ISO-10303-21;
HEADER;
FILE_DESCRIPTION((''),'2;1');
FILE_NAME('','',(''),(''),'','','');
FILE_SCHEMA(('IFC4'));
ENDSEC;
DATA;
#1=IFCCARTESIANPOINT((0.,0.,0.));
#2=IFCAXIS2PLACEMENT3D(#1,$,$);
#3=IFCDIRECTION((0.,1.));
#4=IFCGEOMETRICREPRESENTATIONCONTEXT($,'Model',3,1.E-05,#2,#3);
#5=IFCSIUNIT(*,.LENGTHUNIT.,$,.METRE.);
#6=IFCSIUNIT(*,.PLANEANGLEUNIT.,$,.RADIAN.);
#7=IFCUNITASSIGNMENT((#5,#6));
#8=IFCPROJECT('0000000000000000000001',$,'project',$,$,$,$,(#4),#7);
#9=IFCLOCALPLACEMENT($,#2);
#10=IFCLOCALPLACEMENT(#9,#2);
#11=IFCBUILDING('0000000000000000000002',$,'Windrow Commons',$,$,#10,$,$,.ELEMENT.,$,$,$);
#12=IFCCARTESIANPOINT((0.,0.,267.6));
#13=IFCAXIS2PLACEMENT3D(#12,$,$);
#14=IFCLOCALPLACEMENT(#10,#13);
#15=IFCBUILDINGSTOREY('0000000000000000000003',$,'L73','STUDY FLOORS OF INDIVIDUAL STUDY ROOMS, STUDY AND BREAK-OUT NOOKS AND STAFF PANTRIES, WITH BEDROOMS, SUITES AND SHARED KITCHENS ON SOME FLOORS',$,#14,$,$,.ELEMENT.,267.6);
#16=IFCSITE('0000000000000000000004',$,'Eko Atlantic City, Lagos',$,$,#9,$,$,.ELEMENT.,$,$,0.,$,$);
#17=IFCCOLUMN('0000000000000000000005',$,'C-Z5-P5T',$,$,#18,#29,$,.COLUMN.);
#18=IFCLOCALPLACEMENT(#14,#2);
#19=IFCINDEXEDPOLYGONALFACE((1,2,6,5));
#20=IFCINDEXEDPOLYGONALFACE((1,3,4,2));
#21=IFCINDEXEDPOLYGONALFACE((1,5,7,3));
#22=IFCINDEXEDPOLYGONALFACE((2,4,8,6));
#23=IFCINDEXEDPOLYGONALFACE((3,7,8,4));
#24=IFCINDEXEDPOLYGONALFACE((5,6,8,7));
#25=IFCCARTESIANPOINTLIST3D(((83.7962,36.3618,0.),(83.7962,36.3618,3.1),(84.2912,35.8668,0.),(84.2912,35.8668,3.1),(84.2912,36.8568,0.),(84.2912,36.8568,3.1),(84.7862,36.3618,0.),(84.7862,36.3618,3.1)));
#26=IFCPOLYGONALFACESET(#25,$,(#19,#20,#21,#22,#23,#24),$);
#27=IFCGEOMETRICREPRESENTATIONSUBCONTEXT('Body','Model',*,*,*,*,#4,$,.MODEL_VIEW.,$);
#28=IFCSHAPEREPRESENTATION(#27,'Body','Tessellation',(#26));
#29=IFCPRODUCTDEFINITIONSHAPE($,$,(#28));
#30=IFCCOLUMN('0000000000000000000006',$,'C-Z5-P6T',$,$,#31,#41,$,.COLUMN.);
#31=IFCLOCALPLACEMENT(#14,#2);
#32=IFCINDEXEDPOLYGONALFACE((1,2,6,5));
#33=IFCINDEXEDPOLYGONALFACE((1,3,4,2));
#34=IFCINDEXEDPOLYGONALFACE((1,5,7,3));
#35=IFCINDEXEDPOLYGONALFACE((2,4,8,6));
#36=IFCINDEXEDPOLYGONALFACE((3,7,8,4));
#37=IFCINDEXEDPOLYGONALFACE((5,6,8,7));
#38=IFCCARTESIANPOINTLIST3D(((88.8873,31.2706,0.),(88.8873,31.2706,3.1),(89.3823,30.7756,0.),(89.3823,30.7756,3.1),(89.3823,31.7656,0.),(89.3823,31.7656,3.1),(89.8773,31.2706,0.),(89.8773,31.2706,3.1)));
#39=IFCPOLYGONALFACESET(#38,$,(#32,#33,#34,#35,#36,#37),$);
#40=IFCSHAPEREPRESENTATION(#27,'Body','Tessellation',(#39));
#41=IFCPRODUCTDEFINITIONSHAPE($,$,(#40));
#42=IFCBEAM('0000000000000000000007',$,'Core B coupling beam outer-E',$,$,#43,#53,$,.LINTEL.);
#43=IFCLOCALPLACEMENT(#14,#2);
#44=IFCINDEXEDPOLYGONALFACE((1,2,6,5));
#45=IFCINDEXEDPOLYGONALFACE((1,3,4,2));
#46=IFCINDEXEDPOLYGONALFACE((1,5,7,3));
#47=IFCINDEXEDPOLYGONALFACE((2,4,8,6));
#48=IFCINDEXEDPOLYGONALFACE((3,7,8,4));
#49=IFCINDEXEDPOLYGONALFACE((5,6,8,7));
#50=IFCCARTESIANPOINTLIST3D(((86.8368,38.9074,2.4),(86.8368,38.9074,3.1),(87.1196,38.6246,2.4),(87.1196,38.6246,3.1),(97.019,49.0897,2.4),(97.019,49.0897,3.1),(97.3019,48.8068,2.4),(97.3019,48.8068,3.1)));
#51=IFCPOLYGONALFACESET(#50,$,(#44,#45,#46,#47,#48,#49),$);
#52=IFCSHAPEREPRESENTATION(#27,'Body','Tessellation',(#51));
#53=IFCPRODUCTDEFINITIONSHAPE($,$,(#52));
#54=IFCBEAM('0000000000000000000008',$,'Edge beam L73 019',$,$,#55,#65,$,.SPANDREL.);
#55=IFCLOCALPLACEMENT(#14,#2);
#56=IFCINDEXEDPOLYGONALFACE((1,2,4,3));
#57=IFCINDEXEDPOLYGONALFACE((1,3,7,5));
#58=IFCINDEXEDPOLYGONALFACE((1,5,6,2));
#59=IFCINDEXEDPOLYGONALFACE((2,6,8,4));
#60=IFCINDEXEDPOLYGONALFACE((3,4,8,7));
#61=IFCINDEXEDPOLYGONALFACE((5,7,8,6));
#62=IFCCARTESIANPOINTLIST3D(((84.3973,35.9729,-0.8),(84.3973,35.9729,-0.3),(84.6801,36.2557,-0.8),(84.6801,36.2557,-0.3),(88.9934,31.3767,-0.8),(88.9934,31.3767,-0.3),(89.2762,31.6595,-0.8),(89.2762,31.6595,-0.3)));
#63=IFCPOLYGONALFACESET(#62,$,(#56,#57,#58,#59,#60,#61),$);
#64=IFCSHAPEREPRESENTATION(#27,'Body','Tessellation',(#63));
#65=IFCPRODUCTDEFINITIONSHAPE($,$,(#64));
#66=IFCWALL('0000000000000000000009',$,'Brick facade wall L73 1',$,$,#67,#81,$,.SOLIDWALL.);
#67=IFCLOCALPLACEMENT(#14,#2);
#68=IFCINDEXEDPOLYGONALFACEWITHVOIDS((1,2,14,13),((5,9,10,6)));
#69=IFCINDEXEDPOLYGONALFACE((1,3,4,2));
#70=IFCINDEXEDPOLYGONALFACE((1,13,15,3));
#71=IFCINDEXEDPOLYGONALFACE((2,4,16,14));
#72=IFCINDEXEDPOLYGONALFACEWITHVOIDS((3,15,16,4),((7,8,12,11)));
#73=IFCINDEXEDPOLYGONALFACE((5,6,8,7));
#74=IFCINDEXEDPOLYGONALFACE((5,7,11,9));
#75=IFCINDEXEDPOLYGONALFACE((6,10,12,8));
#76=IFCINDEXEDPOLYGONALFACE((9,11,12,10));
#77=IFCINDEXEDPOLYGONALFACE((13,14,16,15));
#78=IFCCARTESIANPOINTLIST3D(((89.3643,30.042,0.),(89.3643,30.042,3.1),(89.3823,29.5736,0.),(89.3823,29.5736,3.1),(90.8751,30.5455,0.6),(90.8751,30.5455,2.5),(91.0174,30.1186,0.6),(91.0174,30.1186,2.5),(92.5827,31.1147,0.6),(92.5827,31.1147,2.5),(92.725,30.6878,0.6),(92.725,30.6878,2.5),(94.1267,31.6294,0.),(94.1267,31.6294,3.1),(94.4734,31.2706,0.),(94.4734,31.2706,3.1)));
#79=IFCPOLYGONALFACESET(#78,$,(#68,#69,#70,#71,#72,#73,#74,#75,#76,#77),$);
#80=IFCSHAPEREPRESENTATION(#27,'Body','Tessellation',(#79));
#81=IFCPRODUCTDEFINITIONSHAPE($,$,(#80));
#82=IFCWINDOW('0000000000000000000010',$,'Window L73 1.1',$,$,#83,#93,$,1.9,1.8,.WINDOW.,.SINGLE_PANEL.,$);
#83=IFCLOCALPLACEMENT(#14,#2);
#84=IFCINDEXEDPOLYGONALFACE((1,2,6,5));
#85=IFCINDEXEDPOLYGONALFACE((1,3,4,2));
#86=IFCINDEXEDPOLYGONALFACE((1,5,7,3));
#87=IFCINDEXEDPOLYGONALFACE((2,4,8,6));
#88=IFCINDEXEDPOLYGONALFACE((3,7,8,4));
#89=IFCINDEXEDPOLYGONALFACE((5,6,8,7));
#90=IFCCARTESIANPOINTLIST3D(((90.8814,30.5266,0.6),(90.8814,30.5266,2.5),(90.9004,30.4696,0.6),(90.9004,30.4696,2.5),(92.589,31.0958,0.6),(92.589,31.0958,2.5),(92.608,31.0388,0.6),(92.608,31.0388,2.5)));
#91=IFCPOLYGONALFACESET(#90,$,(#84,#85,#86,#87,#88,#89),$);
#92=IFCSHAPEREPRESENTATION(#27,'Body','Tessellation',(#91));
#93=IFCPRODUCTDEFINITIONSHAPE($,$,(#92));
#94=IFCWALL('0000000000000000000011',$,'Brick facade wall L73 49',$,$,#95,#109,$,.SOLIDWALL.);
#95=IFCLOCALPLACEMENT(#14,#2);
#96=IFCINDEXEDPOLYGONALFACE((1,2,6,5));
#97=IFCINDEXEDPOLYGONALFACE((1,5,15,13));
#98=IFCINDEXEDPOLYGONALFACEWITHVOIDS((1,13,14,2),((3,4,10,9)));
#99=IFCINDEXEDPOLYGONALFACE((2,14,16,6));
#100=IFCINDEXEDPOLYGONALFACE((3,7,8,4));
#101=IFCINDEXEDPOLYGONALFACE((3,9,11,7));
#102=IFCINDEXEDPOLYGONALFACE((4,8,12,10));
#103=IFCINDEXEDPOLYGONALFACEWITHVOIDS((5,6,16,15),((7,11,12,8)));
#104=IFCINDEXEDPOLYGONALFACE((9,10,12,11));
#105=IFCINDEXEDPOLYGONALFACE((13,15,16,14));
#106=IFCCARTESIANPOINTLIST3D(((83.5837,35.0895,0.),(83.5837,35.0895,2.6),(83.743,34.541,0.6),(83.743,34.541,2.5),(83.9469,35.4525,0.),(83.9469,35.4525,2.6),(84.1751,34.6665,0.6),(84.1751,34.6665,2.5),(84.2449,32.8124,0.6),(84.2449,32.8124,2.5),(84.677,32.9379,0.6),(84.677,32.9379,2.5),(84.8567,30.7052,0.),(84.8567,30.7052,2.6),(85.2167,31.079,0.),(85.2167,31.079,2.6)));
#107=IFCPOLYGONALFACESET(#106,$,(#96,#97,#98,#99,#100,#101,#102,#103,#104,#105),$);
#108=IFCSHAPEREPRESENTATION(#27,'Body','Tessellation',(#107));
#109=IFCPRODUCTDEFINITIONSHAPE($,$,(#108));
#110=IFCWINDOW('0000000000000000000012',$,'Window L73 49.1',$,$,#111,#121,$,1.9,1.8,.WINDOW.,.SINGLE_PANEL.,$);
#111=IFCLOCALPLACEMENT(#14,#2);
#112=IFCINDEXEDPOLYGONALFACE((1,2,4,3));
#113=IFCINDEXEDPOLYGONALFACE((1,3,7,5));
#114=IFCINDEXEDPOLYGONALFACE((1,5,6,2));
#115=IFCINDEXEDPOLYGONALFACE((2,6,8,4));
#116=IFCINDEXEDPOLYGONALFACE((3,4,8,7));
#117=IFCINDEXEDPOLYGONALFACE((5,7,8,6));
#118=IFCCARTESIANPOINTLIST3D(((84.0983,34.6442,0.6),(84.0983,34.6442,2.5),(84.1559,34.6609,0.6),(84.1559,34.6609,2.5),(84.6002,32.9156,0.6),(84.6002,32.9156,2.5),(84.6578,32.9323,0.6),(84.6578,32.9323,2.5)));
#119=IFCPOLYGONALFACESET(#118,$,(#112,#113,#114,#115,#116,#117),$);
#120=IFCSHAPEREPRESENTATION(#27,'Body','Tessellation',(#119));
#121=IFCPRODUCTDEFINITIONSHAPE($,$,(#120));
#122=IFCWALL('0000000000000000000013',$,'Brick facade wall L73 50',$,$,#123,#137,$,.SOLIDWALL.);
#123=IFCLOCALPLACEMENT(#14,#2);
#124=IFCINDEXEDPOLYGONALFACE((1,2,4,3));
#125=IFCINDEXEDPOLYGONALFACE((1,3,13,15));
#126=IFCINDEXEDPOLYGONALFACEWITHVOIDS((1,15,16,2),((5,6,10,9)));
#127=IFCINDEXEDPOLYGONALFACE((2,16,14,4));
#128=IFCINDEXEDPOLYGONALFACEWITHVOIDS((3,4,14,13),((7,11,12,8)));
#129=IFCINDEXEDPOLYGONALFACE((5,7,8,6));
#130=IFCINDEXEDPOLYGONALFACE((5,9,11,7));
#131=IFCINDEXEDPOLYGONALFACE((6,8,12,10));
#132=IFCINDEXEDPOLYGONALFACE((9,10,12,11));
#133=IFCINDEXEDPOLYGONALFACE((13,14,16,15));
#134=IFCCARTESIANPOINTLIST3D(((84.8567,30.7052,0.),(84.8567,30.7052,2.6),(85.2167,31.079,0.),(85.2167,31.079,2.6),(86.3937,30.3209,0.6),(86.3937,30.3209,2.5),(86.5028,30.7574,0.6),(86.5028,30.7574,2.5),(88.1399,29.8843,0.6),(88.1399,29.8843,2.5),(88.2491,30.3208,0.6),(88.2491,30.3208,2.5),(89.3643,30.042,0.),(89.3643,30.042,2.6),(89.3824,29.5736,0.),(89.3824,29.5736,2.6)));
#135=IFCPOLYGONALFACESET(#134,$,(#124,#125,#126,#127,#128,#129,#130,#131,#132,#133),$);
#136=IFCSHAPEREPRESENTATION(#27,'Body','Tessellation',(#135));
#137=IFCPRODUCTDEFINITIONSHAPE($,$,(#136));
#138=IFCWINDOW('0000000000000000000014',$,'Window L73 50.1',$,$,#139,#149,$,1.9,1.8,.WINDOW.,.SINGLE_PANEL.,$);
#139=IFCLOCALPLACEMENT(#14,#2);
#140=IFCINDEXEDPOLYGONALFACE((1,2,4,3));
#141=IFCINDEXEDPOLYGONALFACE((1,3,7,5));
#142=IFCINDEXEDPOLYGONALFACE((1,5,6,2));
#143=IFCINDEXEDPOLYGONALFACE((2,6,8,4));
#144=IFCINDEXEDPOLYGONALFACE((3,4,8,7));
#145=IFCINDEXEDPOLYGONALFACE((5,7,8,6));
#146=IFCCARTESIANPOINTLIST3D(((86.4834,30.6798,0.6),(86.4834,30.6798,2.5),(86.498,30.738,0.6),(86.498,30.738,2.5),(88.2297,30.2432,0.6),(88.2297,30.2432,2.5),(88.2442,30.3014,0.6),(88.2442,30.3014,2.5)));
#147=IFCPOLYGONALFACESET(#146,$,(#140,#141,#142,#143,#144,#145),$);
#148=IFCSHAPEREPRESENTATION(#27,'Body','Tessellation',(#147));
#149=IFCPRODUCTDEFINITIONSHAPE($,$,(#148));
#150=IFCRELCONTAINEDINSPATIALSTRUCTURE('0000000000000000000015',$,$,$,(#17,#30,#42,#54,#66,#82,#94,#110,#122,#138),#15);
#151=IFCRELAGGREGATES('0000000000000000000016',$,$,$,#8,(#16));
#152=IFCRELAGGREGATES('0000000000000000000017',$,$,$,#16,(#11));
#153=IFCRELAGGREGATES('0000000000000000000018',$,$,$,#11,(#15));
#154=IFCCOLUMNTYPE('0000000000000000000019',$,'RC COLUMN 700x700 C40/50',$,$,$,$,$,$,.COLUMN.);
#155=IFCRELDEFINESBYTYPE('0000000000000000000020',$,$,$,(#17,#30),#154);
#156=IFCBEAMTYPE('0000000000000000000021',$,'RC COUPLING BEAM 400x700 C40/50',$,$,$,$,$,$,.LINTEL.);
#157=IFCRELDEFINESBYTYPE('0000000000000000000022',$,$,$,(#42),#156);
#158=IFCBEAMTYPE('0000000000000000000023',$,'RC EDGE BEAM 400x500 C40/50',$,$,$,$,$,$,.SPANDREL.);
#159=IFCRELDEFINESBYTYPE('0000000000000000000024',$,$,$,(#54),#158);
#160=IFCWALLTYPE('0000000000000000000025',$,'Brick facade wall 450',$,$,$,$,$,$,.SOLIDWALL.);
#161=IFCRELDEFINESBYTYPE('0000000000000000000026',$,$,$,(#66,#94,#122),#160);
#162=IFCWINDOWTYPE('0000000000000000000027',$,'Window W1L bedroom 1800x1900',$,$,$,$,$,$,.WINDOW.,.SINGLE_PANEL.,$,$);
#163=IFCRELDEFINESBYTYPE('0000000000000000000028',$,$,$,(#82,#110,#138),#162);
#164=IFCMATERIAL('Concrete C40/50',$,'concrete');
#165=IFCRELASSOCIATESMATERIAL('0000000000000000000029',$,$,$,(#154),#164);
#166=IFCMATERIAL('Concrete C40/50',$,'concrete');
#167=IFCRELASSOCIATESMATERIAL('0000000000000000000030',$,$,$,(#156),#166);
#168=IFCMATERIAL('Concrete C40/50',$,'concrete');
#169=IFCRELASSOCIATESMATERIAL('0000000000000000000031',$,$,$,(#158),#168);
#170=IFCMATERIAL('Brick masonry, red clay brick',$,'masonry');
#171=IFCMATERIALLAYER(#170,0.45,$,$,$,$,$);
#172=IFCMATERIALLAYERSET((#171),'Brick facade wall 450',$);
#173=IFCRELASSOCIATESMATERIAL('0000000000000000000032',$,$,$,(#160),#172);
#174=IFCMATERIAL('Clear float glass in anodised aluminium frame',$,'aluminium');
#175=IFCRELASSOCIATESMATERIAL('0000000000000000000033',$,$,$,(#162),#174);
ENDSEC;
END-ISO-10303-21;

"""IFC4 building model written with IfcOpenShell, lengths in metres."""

from ifc_helpers import new_model, si_unit, direction, frame, frame_2d, origin, origin_2d, place, context, subcontext, project, spatial, polyline, rectangle, outline, extrude, material, layer, layer_set, material_profile, profile_set, type_object, element, fill, save


model = new_model("IFC4")

# Units and contexts
model_context = context("Model", 3, precision=1e-05, world=origin(), true_north=direction((0.0, 1.0)))
body_context = subcontext(model_context, "Body", "Model", "MODEL_VIEW")
ifc_project = project(units=[si_unit("LENGTHUNIT", "METRE"), si_unit("PLANEANGLEUNIT", "RADIAN")], contexts=[model_context])

# Site, building, storey
site_placement = place(None, origin())
site = spatial("IfcSite", under=ifc_project, at=site_placement, Name="Eko Atlantic City, Lagos", CompositionType="ELEMENT", RefElevation=0.0)
building_placement = place(site_placement, origin())
building = spatial("IfcBuilding", under=site, at=building_placement, Name="Windrow Commons", CompositionType="ELEMENT")
storey_placement = place(building_placement, frame((0.0, 0.0, 267.6)))
storey = spatial("IfcBuildingStorey", under=building, at=storey_placement, Name="L73", Description="STUDY FLOORS OF INDIVIDUAL STUDY ROOMS, STUDY AND BREAK-OUT NOOKS AND STAFF PANTRIES, WITH BEDROOMS, SUITES AND SHARED KITCHENS ON SOME FLOORS", CompositionType="ELEMENT", Elevation=267.6)

# Columns
ifc_material_1 = material(Name="Concrete C40/50", Category="concrete")
ifc_material_profile_1 = material_profile(ifc_material_1, rectangle(XDim=0.7, YDim=0.7, at=origin_2d()))
ifc_profile_set_1 = profile_set([ifc_material_profile_1], Name="Concrete C40/50")
column_type = type_object("IfcColumnType", Name="RC COLUMN 700x700 C40/50", PredefinedType="COLUMN", material=ifc_profile_set_1)
for number, where, z_axis, x_axis, name in (
    (1, (84.2912, 36.3618, 0.0), (0.0, 0.0, 1.0), (0.707107, -0.707107, 0.0), "C-Z5-P5T"),
    (2, (89.3823, 31.2706, 0.0), (0.0, 0.0, 1.0), (0.707107, -0.707107, 0.0), "C-Z5-P6T"),
):
    element("IfcColumn", number, at=place(storey_placement, frame(where, z_axis=z_axis, x_axis=x_axis)), inside=storey, type_object=column_type, Name=name, PredefinedType="COLUMN", context=body_context, shape_type="SweptSolid", body=[
        extrude(rectangle(XDim=0.7, YDim=0.7, at=origin_2d()), origin(), (0.0, 0.0, 1.0), 3.1),
    ])

# Beams
ifc_material_2 = material(Name="Concrete C40/50", Category="concrete")
ifc_material_profile_2 = material_profile(ifc_material_2, rectangle(XDim=0.4, YDim=0.7, at=origin_2d()))
ifc_profile_set_2 = profile_set([ifc_material_profile_2], Name="Concrete C40/50")
beam_type_1 = type_object("IfcBeamType", Name="RC COUPLING BEAM 400x700 C40/50", PredefinedType="LINTEL", material=ifc_profile_set_2)
beam_1_placement = place(storey_placement, frame((86.9782, 38.766, 2.75), z_axis=(0.707107, 0.707107, 0.0), x_axis=(-0.707107, 0.707107, 0.0)))
element("IfcBeam", 3, at=beam_1_placement, inside=storey, type_object=beam_type_1, Name="Core B coupling beam outer-E", PredefinedType="LINTEL", context=body_context, shape_type="SweptSolid", body=[
    extrude(rectangle(XDim=0.4, YDim=0.7, at=origin_2d()), origin(), (0.0, 0.0, 1.0), 14.3999),
])
ifc_material_3 = material(Name="Concrete C40/50", Category="concrete")
ifc_material_profile_3 = material_profile(ifc_material_3, rectangle(XDim=0.4, YDim=0.5, at=origin_2d()))
ifc_profile_set_3 = profile_set([ifc_material_profile_3], Name="Concrete C40/50")
beam_type_2 = type_object("IfcBeamType", Name="RC EDGE BEAM 400x500 C40/50", PredefinedType="SPANDREL", material=ifc_profile_set_3)
beam_2_placement = place(storey_placement, frame((89.1348, 31.5181, -0.55), z_axis=(-0.707099, 0.707114, 0.0), x_axis=(-0.707114, -0.707099, 0.0)))
element("IfcBeam", 4, at=beam_2_placement, inside=storey, type_object=beam_type_2, Name="Edge beam L73 019", PredefinedType="SPANDREL", context=body_context, shape_type="SweptSolid", body=[
    extrude(rectangle(XDim=0.4, YDim=0.5, at=origin_2d()), origin(), (0.0, 0.0, 1.0), 6.4999),
])

# Walls, openings, windows
ifc_material_4 = material(Name="Brick masonry, red clay brick", Category="masonry")
ifc_layer_1 = layer(ifc_material_4, 0.45)
ifc_layer_set_1 = layer_set([ifc_layer_1], Name="Brick facade wall 450")
wall_type_1 = type_object("IfcWallType", Name="Brick facade wall 450", PredefinedType="SOLIDWALL", material=ifc_layer_set_1)
wall_1_placement = place(storey_placement, frame((89.3733, 29.8078, 0.0), z_axis=(0.0, 0.0, 1.0), x_axis=(0.948687, 0.316216, 0.0)))
wall_1 = element("IfcWall", 5, at=wall_1_placement, inside=storey, type_object=wall_type_1, Name="Brick facade wall L73 1", PredefinedType="SOLIDWALL", context=body_context, shape_type="SweptSolid", body=[
    extrude(outline(polyline([(-0.0655, -0.225), (5.301, -0.225), (5.0855, 0.225), (0.0655, 0.225), (-0.0655, -0.225)])), origin(), (0.0, 0.0, 1.0), 3.1),
])
opening_1_placement = place(wall_1_placement, frame((1.658, 0.0, 0.6)))
opening_1 = element("IfcOpeningElement", 6, at=opening_1_placement, cuts=wall_1, PredefinedType="OPENING", context=body_context, shape_type="SweptSolid", body=[
    extrude(rectangle(XDim=1.8, YDim=1.9, at=frame_2d((0.9, 0.95))), frame((0.0, 0.235, 0.0), z_axis=(0.0, -1.0, 0.0), x_axis=(1.0, 0.0, 0.0)), (0.0, 0.0, 1.0), 0.47),
])
ifc_material_5 = material(Name="Clear float glass in anodised aluminium frame", Category="aluminium")
window_type = type_object("IfcWindowType", Name="Window W1L bedroom 1800x1900", PartitioningType="SINGLE_PANEL", PredefinedType="WINDOW", material=ifc_material_5)
window_1_placement = place(opening_1_placement, origin())
window_1 = element("IfcWindow", 7, at=window_1_placement, inside=storey, type_object=window_type, Name="Window L73 1.1", OverallHeight=1.9, OverallWidth=1.8, PartitioningType="SINGLE_PANEL", PredefinedType="WINDOW", context=body_context, shape_type="SweptSolid", body=[
    extrude(rectangle(XDim=1.8, YDim=1.9, at=frame_2d((0.9, 0.95))), frame((0.0, 0.205, 0.0), z_axis=(0.0, -1.0, 0.0), x_axis=(1.0, 0.0, 0.0)), (0.0, 0.0, 1.0), 0.06),
])
fill(opening_1, window_1)
wall_2_placement = place(storey_placement, frame((83.7653, 35.271, 0.0), z_axis=(0.0, 0.0, 1.0), x_axis=(0.278832, -0.96034, 0.0)))
wall_2 = element("IfcWall", 8, at=wall_2_placement, inside=storey, type_object=wall_type_1, Name="Brick facade wall L73 49", PredefinedType="SOLIDWALL", context=body_context, shape_type="SweptSolid", body=[
    extrude(outline(polyline([(0.1237, -0.225), (4.689, -0.225), (4.4304, 0.225), (-0.1237, 0.225), (0.1237, -0.225)])), origin(), (0.0, 0.0, 1.0), 2.6),
])
opening_2_placement = place(wall_2_placement, frame((0.6948, 0.0, 0.6)))
opening_2 = element("IfcOpeningElement", 9, at=opening_2_placement, cuts=wall_2, PredefinedType="OPENING", context=body_context, shape_type="SweptSolid", body=[
    extrude(rectangle(XDim=1.8, YDim=1.9, at=frame_2d((0.9, 0.95))), frame((0.0, 0.235, 0.0), z_axis=(0.0, -1.0, 0.0), x_axis=(1.0, 0.0, 0.0)), (0.0, 0.0, 1.0), 0.47),
])
window_2_placement = place(opening_2_placement, origin())
window_2 = element("IfcWindow", 10, at=window_2_placement, inside=storey, type_object=window_type, Name="Window L73 49.1", OverallHeight=1.9, OverallWidth=1.8, PartitioningType="SINGLE_PANEL", PredefinedType="WINDOW", context=body_context, shape_type="SweptSolid", body=[
    extrude(rectangle(XDim=1.8, YDim=1.9, at=frame_2d((0.9, 0.95))), frame((0.0, 0.205, 0.0), z_axis=(0.0, -1.0, 0.0), x_axis=(1.0, 0.0, 0.0)), (0.0, 0.0, 1.0), 0.06),
])
fill(opening_2, window_2)
wall_3_placement = place(storey_placement, frame((85.0367, 30.8921, 0.0), z_axis=(0.0, 0.0, 1.0), x_axis=(0.970135, -0.242567, 0.0)))
wall_3 = element("IfcWall", 11, at=wall_3_placement, inside=storey, type_object=wall_type_1, Name="Brick facade wall L73 50", PredefinedType="SOLIDWALL", context=body_context, shape_type="SweptSolid", body=[
    extrude(outline(polyline([(-0.1293, -0.225), (4.5357, -0.225), (4.4046, 0.225), (0.1293, 0.225), (-0.1293, -0.225)])), origin(), (0.0, 0.0, 1.0), 2.6),
])
opening_3_placement = place(wall_3_placement, frame((1.455, 0.0, 0.6)))
opening_3 = element("IfcOpeningElement", 12, at=opening_3_placement, cuts=wall_3, PredefinedType="OPENING", context=body_context, shape_type="SweptSolid", body=[
    extrude(rectangle(XDim=1.8, YDim=1.9, at=frame_2d((0.9, 0.95))), frame((0.0, 0.235, 0.0), z_axis=(0.0, -1.0, 0.0), x_axis=(1.0, 0.0, 0.0)), (0.0, 0.0, 1.0), 0.47),
])
window_3_placement = place(opening_3_placement, origin())
window_3 = element("IfcWindow", 13, at=window_3_placement, inside=storey, type_object=window_type, Name="Window L73 50.1", OverallHeight=1.9, OverallWidth=1.8, PartitioningType="SINGLE_PANEL", PredefinedType="WINDOW", context=body_context, shape_type="SweptSolid", body=[
    extrude(rectangle(XDim=1.8, YDim=1.9, at=frame_2d((0.9, 0.95))), frame((0.0, 0.205, 0.0), z_axis=(0.0, -1.0, 0.0), x_axis=(1.0, 0.0, 0.0)), (0.0, 0.0, 1.0), 0.06),
])
fill(opening_3, window_3)

save(model, "model.ifc")
